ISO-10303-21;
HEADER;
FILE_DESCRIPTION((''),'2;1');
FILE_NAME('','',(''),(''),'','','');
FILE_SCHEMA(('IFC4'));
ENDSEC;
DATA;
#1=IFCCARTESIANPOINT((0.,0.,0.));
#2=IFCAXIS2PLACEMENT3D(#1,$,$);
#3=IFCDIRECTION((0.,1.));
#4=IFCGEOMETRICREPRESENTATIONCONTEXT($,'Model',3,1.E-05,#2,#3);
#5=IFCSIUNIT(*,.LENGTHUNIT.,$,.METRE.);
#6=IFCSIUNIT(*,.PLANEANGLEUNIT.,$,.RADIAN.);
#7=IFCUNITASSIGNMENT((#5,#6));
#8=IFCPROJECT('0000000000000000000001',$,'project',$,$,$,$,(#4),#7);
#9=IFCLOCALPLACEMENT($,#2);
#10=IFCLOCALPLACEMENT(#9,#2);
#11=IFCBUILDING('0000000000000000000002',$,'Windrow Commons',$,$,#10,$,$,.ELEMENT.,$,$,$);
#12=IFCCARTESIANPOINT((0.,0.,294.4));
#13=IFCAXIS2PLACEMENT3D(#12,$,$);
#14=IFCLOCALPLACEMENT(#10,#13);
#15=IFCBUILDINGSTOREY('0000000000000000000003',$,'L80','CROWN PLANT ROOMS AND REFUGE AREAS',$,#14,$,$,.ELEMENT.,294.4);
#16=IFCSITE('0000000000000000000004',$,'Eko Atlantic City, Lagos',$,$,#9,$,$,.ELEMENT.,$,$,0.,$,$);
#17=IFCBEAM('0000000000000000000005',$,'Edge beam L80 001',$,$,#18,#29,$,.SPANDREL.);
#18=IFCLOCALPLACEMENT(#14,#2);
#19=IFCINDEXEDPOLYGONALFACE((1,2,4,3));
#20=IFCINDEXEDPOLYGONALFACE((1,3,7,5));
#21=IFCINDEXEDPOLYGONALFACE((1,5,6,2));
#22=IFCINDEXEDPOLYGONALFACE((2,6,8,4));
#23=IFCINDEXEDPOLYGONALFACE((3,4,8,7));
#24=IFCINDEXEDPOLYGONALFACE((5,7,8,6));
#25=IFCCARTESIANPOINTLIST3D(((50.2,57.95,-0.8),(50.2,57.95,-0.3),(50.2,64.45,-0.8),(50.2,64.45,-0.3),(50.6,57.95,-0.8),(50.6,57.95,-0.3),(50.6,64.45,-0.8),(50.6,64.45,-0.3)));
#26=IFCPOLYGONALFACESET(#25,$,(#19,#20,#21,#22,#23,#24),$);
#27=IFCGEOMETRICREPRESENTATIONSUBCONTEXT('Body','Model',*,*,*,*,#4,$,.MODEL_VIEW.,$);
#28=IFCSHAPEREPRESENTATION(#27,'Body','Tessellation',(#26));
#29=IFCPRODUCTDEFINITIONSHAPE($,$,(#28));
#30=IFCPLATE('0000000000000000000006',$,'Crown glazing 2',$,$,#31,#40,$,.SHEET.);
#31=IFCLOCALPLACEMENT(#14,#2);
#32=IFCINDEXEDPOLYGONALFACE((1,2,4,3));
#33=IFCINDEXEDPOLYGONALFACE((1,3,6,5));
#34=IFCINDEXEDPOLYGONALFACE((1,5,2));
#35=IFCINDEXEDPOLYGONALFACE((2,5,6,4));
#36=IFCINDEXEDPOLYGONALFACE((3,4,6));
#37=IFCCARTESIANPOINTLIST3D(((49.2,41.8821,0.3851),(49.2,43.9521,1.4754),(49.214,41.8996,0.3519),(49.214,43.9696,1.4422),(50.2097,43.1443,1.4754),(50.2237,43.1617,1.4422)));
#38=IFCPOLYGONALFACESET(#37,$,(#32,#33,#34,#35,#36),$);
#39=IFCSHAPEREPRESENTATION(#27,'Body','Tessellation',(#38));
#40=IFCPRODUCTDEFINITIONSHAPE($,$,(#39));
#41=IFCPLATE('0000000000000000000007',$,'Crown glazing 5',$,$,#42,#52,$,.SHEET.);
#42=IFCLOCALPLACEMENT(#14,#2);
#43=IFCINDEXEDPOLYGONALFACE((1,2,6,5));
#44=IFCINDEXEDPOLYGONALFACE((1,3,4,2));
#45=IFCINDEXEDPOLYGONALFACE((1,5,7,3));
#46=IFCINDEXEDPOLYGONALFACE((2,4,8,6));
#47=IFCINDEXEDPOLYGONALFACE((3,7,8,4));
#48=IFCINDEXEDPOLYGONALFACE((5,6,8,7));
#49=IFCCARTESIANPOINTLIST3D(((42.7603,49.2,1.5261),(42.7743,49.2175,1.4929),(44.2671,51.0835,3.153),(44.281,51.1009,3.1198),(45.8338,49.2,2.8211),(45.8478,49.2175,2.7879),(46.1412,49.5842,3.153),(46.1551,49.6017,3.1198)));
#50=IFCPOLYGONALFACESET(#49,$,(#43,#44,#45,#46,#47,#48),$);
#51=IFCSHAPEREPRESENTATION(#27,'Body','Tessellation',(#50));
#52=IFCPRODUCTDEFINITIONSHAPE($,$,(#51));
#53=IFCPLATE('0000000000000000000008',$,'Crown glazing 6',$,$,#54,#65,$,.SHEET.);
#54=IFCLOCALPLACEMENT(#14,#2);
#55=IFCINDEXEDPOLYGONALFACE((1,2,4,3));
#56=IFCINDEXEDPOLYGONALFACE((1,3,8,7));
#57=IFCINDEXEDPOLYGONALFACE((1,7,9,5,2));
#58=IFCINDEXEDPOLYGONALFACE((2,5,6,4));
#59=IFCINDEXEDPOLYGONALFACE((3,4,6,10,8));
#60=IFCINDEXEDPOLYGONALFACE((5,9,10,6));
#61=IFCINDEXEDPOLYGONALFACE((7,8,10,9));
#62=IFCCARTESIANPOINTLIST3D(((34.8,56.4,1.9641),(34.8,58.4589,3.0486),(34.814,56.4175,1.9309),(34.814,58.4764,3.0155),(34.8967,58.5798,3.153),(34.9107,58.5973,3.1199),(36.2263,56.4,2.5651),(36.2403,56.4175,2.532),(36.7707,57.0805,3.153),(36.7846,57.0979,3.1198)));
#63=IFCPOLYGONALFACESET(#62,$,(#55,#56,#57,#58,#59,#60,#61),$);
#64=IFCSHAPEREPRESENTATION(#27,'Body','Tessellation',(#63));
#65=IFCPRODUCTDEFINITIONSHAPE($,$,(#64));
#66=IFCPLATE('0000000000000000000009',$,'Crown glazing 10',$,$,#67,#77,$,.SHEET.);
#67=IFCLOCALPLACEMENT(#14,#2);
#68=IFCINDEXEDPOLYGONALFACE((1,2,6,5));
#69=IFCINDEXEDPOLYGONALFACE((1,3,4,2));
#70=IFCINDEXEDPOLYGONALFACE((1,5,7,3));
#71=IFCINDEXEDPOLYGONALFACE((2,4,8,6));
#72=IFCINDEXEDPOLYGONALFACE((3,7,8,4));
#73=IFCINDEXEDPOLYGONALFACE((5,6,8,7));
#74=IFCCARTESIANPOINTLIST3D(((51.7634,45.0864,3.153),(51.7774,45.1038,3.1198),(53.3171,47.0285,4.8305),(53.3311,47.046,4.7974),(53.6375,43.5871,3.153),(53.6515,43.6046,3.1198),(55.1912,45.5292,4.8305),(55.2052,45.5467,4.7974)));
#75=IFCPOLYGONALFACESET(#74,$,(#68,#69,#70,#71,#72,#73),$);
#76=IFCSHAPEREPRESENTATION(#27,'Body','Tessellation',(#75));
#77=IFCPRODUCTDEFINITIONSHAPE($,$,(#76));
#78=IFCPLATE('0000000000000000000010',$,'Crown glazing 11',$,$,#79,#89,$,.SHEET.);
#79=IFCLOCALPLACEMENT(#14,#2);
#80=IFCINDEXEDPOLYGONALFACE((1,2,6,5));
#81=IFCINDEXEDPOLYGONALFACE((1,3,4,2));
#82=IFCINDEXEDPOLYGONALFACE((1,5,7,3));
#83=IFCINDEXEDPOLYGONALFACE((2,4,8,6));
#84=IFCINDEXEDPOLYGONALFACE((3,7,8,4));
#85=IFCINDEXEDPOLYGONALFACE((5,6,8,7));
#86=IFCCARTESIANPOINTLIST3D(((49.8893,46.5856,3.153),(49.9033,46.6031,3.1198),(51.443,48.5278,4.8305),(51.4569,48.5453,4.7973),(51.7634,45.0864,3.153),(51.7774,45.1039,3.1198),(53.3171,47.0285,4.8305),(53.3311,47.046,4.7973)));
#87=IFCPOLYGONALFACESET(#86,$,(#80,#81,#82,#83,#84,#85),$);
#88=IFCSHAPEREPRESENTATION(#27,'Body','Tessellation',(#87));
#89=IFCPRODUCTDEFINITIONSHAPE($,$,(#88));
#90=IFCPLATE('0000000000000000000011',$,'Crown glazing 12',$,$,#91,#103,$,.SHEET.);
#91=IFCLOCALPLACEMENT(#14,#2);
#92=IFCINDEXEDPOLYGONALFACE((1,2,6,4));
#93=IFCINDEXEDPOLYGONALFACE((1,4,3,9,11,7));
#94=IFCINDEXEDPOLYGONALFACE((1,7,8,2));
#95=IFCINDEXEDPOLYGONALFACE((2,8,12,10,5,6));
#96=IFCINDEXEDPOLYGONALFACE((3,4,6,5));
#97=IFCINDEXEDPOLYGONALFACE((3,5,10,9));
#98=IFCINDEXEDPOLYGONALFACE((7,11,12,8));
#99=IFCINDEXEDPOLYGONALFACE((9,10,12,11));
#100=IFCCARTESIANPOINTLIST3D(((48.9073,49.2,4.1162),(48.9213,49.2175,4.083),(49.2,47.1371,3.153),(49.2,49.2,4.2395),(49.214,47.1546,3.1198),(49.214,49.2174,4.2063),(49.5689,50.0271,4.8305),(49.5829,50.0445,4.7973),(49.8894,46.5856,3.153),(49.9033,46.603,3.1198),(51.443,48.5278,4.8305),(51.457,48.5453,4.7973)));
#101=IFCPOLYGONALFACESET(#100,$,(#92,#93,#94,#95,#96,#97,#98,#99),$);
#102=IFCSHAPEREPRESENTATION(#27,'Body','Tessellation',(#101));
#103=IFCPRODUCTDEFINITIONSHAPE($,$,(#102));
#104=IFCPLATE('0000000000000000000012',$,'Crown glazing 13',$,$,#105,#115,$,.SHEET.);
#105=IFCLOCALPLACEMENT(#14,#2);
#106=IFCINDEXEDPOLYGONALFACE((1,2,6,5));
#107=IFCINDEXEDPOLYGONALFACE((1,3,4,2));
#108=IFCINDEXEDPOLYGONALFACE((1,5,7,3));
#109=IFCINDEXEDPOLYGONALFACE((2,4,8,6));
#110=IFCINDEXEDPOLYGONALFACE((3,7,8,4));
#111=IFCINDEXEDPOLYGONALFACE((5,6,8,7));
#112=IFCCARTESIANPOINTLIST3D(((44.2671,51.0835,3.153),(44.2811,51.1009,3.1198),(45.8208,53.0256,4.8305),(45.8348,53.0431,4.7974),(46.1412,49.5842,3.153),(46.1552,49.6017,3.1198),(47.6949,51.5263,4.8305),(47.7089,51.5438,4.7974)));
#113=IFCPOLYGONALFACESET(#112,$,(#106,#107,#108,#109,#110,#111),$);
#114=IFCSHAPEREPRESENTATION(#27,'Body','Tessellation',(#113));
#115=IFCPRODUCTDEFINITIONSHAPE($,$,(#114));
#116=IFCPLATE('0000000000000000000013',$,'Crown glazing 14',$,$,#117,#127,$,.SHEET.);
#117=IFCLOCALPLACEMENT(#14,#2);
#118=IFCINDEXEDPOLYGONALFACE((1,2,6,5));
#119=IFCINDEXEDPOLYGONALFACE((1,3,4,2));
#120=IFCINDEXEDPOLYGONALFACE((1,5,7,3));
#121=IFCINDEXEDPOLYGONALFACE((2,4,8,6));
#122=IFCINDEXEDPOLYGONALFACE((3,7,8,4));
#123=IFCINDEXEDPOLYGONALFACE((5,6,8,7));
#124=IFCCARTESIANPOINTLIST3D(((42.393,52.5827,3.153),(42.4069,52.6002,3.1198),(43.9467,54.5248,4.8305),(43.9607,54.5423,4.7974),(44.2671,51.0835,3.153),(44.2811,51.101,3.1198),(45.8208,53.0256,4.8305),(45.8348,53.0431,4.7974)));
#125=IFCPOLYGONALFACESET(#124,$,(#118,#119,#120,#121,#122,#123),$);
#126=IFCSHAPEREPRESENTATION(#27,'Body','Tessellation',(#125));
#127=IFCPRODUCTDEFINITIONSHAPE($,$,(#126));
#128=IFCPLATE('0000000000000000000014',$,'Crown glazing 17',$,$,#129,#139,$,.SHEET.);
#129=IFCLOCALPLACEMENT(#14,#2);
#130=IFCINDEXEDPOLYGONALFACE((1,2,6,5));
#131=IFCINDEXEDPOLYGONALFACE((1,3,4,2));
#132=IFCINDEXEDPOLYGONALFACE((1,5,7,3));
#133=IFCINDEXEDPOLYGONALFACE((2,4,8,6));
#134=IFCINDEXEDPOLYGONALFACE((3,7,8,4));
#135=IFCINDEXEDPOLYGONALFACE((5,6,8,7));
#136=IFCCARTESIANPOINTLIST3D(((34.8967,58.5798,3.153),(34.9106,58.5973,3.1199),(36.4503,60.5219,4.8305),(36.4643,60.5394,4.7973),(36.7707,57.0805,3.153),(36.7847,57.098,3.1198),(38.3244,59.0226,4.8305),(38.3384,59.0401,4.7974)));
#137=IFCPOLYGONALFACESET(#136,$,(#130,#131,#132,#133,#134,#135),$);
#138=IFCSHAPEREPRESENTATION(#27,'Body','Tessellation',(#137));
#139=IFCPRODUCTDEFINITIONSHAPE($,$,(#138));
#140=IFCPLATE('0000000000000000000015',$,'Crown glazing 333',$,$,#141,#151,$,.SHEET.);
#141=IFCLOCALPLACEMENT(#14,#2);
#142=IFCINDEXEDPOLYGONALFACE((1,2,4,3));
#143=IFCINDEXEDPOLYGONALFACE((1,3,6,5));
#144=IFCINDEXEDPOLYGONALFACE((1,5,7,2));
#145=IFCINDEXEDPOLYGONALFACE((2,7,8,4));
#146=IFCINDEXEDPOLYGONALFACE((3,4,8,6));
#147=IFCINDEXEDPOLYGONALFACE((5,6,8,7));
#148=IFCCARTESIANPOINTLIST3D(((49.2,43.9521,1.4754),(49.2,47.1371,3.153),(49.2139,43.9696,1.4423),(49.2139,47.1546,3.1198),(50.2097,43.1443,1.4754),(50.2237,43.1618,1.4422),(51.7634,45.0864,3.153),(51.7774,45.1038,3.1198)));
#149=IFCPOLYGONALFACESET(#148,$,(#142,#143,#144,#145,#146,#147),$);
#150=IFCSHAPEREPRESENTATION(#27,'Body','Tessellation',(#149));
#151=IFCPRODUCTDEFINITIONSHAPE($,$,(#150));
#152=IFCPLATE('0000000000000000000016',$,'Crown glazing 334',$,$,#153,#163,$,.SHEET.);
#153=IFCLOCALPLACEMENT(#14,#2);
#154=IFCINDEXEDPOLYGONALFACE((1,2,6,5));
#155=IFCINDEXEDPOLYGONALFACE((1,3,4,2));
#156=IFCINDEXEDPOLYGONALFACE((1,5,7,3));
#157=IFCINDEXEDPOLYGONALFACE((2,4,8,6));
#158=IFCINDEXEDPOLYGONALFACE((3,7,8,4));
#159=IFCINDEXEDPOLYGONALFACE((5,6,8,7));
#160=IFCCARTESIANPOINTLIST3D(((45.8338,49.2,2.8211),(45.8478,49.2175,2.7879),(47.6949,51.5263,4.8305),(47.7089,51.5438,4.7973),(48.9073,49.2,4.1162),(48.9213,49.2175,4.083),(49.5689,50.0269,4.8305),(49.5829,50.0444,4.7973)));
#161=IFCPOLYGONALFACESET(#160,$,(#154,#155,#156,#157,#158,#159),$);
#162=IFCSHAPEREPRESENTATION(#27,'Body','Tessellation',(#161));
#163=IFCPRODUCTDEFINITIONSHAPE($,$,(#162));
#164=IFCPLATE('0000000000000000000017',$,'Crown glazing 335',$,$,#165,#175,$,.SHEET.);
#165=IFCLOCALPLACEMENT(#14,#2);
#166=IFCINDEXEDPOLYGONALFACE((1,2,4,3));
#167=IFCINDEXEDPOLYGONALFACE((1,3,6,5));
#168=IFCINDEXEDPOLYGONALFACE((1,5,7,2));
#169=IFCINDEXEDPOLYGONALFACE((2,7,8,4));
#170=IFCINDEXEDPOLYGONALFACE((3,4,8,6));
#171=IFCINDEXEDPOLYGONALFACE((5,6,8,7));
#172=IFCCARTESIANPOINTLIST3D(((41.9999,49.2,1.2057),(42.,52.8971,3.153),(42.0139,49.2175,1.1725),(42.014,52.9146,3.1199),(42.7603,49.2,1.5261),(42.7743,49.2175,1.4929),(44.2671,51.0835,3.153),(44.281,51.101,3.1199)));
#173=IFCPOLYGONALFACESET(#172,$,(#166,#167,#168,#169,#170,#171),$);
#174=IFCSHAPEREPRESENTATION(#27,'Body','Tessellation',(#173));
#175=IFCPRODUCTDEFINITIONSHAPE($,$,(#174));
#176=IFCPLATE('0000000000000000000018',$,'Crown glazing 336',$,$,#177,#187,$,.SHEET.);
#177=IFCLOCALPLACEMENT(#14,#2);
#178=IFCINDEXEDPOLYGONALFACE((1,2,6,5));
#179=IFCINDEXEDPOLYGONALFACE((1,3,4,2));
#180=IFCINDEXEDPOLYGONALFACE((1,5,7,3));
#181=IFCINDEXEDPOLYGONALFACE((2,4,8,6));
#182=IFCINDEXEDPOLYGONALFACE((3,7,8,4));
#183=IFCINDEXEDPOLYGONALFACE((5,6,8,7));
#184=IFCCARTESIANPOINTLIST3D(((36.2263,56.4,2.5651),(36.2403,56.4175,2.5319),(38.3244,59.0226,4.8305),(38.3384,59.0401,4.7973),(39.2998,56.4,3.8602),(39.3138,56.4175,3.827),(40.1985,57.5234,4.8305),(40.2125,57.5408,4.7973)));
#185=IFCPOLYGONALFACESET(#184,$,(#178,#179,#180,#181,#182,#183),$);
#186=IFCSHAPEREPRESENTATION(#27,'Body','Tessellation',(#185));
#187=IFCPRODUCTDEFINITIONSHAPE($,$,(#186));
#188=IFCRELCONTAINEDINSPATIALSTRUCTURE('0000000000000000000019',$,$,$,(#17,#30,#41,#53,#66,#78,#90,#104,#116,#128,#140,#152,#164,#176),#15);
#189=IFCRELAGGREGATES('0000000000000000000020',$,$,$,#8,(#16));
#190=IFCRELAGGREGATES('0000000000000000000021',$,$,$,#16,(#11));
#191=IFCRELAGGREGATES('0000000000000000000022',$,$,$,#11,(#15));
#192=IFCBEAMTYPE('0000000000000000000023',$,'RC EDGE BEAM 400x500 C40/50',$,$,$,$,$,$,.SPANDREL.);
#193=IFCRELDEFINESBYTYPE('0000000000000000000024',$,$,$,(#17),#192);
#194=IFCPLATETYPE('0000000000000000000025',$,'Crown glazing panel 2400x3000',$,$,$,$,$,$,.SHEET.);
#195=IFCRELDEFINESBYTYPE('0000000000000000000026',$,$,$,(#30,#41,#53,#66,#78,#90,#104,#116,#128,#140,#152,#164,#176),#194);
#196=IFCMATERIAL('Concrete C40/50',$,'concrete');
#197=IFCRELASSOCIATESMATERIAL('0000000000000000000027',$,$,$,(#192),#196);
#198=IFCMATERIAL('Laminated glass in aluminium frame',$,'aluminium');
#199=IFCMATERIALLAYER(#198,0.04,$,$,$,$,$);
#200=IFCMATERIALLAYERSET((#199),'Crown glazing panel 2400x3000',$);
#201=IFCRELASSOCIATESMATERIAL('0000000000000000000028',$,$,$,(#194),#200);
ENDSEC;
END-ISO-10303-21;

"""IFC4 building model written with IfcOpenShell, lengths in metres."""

from ifc_helpers import new_model, si_unit, direction, frame, origin, origin_2d, place, context, subcontext, project, spatial, polyline, rectangle, outline, extrude, material, layer, layer_set, material_profile, profile_set, type_object, element, save


model = new_model("IFC4")

# Units and contexts
model_context = context("Model", 3, precision=1e-05, world=origin(), true_north=direction((0.0, 1.0)))
body_context = subcontext(model_context, "Body", "Model", "MODEL_VIEW")
ifc_project = project(units=[si_unit("LENGTHUNIT", "METRE"), si_unit("PLANEANGLEUNIT", "RADIAN")], contexts=[model_context])

# Site, building, storey
site_placement = place(None, origin())
site = spatial("IfcSite", under=ifc_project, at=site_placement, Name="Eko Atlantic City, Lagos", CompositionType="ELEMENT", RefElevation=0.0)
building_placement = place(site_placement, origin())
building = spatial("IfcBuilding", under=site, at=building_placement, Name="Windrow Commons", CompositionType="ELEMENT")
storey_placement = place(building_placement, frame((0.0, 0.0, 294.4)))
storey = spatial("IfcBuildingStorey", under=building, at=storey_placement, Name="L80", Description="CROWN PLANT ROOMS AND REFUGE AREAS", CompositionType="ELEMENT", Elevation=294.4)

# Beam
ifc_material_1 = material(Name="Concrete C40/50", Category="concrete")
ifc_material_profile = material_profile(ifc_material_1, rectangle(XDim=0.4, YDim=0.5, at=origin_2d()))
ifc_profile_set = profile_set([ifc_material_profile], Name="Concrete C40/50")
beam_type = type_object("IfcBeamType", Name="RC EDGE BEAM 400x500 C40/50", PredefinedType="SPANDREL", material=ifc_profile_set)
beam_placement = place(storey_placement, frame((50.4, 57.95, -0.55), z_axis=(0.0, 1.0, 0.0), x_axis=(-1.0, 0.0, 0.0)))
element("IfcBeam", 1, at=beam_placement, inside=storey, type_object=beam_type, Name="Edge beam L80 001", PredefinedType="SPANDREL", context=body_context, shape_type="SweptSolid", body=[
    extrude(rectangle(XDim=0.4, YDim=0.5, at=origin_2d()), origin(), (0.0, 0.0, 1.0), 6.5),
])

# Plates
ifc_material_2 = material(Name="Laminated glass in aluminium frame", Category="aluminium")
ifc_layer_1 = layer(ifc_material_2, 0.04)
ifc_layer_set_1 = layer_set([ifc_layer_1], Name="Crown glazing panel 2400x3000")
plate_type = type_object("IfcPlateType", Name="Crown glazing panel 2400x3000", PredefinedType="SHEET", material=ifc_layer_set_1)
plate_1_placement = place(storey_placement, frame((49.2, 43.9521, 1.4754), z_axis=(-0.349346, -0.436661, 0.829027), x_axis=(0.780854, -0.624714, 0.0)))
element("IfcPlate", 2, at=plate_1_placement, inside=storey, type_object=plate_type, Name="Crown glazing 2", PredefinedType="SHEET", context=body_context, shape_type="SweptSolid", body=[
    extrude(outline(polyline([(0.0, 0.0), (1.2931, 0.0), (1.2932, -1.9497), (0.0, 0.0)])), origin(), (0.0, 0.0, -1.0), 0.04),
])
plate_2_placement = place(storey_placement, frame((42.7603, 49.2, 1.5261), z_axis=(-0.349318, -0.436653, 0.829043), x_axis=(0.517899, 0.647374, 0.559185)))
element("IfcPlate", 3, at=plate_2_placement, inside=storey, type_object=plate_type, Name="Crown glazing 5", PredefinedType="SHEET", context=body_context, shape_type="SweptSolid", body=[
    extrude(outline(polyline([(0.0, 0.0), (2.9094, 0.0), (2.9094, -2.4), (2.3159, -2.4), (0.0, 0.0)])), origin(), (0.0, 0.0, -1.0), 0.04),
])
plate_3_placement = place(storey_placement, frame((34.8, 56.4, 1.9641), z_axis=(-0.349354, -0.436676, 0.829015), x_axis=(-0.000007, 0.884764, 0.466039)))
element("IfcPlate", 4, at=plate_3_placement, inside=storey, type_object=plate_type, Name="Crown glazing 6", PredefinedType="SHEET", context=body_context, shape_type="SweptSolid", body=[
    extrude(outline(polyline([(0.0, 0.0), (2.3271, 0.0), (2.4827, -0.1032), (1.1561, -2.1032), (0.2801, -1.5222), (0.0, 0.0)])), origin(), (0.0, 0.0, -1.0), 0.04),
])
plate_4_placement = place(storey_placement, frame((53.6375, 43.5871, 3.153), z_axis=(-0.349316, -0.43664, 0.82905), x_axis=(-0.780865, 0.6247, 0.0)))
element("IfcPlate", 5, at=plate_4_placement, inside=storey, type_object=plate_type, Name="Crown glazing 10", PredefinedType="SHEET", context=body_context, shape_type="SweptSolid", body=[
    extrude(outline(polyline([(0.0, 0.0), (2.4, 0.0), (2.4, -3.0), (0.0, -3.0), (0.0, 0.0)])), origin(), (0.0, 0.0, -1.0), 0.04),
])
plate_5_placement = place(storey_placement, frame((51.7634, 45.0864, 3.153), z_axis=(-0.349306, -0.436641, 0.829054), x_axis=(-0.780882, 0.624679, -0.000008)))
element("IfcPlate", 6, at=plate_5_placement, inside=storey, type_object=plate_type, Name="Crown glazing 11", PredefinedType="SHEET", context=body_context, shape_type="SweptSolid", body=[
    extrude(outline(polyline([(0.0, 0.0), (2.4, 0.0), (2.4, -3.0), (-0.0001, -3.0), (0.0, 0.0)])), origin(), (0.0, 0.0, -1.0), 0.04),
])
plate_6_placement = place(storey_placement, frame((49.2, 47.1371, 3.153), z_axis=(-0.349307, -0.436642, 0.829053), x_axis=(0.000002, 0.884786, 0.465997)))
element("IfcPlate", 7, at=plate_6_placement, inside=storey, type_object=plate_type, Name="Crown glazing 12", PredefinedType="SHEET", context=body_context, shape_type="SweptSolid", body=[
    extrude(outline(polyline([(0.0, 0.0), (2.3315, 0.0), (2.2741, 0.3124), (3.3387, -0.3937), (2.0122, -2.3938), (-0.488, -0.7357), (0.0, 0.0)])), origin(), (0.0, 0.0, -1.0), 0.04),
])
plate_7_placement = place(storey_placement, frame((46.1412, 49.5842, 3.153), z_axis=(-0.349316, -0.43664, 0.82905), x_axis=(-0.780865, 0.6247, 0.0)))
element("IfcPlate", 8, at=plate_7_placement, inside=storey, type_object=plate_type, Name="Crown glazing 13", PredefinedType="SHEET", context=body_context, shape_type="SweptSolid", body=[
    extrude(outline(polyline([(0.0, 0.0), (2.4, 0.0), (2.4, -3.0), (0.0, -3.0), (0.0, 0.0)])), origin(), (0.0, 0.0, -1.0), 0.04),
])
plate_8_placement = place(storey_placement, frame((44.2671, 51.0835, 3.153), z_axis=(-0.349302, -0.436651, 0.82905), x_axis=(-0.780885, 0.624675, 0.0)))
element("IfcPlate", 9, at=plate_8_placement, inside=storey, type_object=plate_type, Name="Crown glazing 14", PredefinedType="SHEET", context=body_context, shape_type="SweptSolid", body=[
    extrude(outline(polyline([(0.0, 0.0), (2.4, 0.0), (2.3999, -3.0), (-0.0001, -3.0), (0.0, 0.0)])), origin(), (0.0, 0.0, -1.0), 0.04),
])
plate_9_placement = place(storey_placement, frame((36.7707, 57.0805, 3.153), z_axis=(-0.349325, -0.436639, 0.829047), x_axis=(-0.780851, 0.624717, 0.000006)))
element("IfcPlate", 10, at=plate_9_placement, inside=storey, type_object=plate_type, Name="Crown glazing 17", PredefinedType="SHEET", context=body_context, shape_type="SweptSolid", body=[
    extrude(outline(polyline([(0.0, 0.0), (2.4, 0.0), (2.4001, -2.9999), (0.0001, -3.0), (0.0, 0.0)])), origin(), (0.0, 0.0, -1.0), 0.04),
])
plate_10_placement = place(storey_placement, frame((50.2097, 43.1443, 1.4754), z_axis=(-0.349332, -0.436662, 0.829032), x_axis=(-0.780858, 0.624709, 0.00001)))
element("IfcPlate", 11, at=plate_10_placement, inside=storey, type_object=plate_type, Name="Crown glazing 333", PredefinedType="SHEET", context=body_context, shape_type="SweptSolid", body=[
    extrude(outline(polyline([(0.0, 0.0), (1.2931, 0.0), (3.2828, -2.9999), (0.0, -3.0), (0.0, 0.0)])), origin(), (0.0, 0.0, -1.0), 0.04),
])
plate_11_placement = place(storey_placement, frame((45.8338, 49.2, 2.8211), z_axis=(-0.349335, -0.436626, 0.829049), x_axis=(0.517913, 0.64737, 0.559176)))
element("IfcPlate", 12, at=plate_11_placement, inside=storey, type_object=plate_type, Name="Crown glazing 334", PredefinedType="SHEET", context=body_context, shape_type="SweptSolid", body=[
    extrude(outline(polyline([(0.0, 0.0), (3.5935, 0.0), (3.5934, -2.4), (2.316, -2.4), (0.0, 0.0)])), origin(), (0.0, 0.0, -1.0), 0.04),
])
plate_12_placement = place(storey_placement, frame((42.7603, 49.2, 1.5261), z_axis=(-0.349323, -0.436654, 0.829039), x_axis=(-0.921531, -0.000018, -0.388305)))
element("IfcPlate", 13, at=plate_12_placement, inside=storey, type_object=plate_type, Name="Crown glazing 335", PredefinedType="SHEET", context=body_context, shape_type="SweptSolid", body=[
    extrude(outline(polyline([(0.0, 0.0), (0.8251, 0.0), (0.0688, -4.1096), (-2.0203, -2.0936), (0.0, 0.0)])), origin(), (0.0, 0.0, -1.0), 0.04),
])
plate_13_placement = place(storey_placement, frame((36.2263, 56.4, 2.5651), z_axis=(-0.349324, -0.436647, 0.829043), x_axis=(0.517902, 0.647371, 0.559185)))
element("IfcPlate", 14, at=plate_13_placement, inside=storey, type_object=plate_type, Name="Crown glazing 336", PredefinedType="SHEET", context=body_context, shape_type="SweptSolid", body=[
    extrude(outline(polyline([(0.0, 0.0), (4.0512, 0.0), (4.0512, -2.4), (2.316, -2.4), (0.0, 0.0)])), origin(), (0.0, 0.0, -1.0), 0.04),
])

save(model, "model.ifc")
